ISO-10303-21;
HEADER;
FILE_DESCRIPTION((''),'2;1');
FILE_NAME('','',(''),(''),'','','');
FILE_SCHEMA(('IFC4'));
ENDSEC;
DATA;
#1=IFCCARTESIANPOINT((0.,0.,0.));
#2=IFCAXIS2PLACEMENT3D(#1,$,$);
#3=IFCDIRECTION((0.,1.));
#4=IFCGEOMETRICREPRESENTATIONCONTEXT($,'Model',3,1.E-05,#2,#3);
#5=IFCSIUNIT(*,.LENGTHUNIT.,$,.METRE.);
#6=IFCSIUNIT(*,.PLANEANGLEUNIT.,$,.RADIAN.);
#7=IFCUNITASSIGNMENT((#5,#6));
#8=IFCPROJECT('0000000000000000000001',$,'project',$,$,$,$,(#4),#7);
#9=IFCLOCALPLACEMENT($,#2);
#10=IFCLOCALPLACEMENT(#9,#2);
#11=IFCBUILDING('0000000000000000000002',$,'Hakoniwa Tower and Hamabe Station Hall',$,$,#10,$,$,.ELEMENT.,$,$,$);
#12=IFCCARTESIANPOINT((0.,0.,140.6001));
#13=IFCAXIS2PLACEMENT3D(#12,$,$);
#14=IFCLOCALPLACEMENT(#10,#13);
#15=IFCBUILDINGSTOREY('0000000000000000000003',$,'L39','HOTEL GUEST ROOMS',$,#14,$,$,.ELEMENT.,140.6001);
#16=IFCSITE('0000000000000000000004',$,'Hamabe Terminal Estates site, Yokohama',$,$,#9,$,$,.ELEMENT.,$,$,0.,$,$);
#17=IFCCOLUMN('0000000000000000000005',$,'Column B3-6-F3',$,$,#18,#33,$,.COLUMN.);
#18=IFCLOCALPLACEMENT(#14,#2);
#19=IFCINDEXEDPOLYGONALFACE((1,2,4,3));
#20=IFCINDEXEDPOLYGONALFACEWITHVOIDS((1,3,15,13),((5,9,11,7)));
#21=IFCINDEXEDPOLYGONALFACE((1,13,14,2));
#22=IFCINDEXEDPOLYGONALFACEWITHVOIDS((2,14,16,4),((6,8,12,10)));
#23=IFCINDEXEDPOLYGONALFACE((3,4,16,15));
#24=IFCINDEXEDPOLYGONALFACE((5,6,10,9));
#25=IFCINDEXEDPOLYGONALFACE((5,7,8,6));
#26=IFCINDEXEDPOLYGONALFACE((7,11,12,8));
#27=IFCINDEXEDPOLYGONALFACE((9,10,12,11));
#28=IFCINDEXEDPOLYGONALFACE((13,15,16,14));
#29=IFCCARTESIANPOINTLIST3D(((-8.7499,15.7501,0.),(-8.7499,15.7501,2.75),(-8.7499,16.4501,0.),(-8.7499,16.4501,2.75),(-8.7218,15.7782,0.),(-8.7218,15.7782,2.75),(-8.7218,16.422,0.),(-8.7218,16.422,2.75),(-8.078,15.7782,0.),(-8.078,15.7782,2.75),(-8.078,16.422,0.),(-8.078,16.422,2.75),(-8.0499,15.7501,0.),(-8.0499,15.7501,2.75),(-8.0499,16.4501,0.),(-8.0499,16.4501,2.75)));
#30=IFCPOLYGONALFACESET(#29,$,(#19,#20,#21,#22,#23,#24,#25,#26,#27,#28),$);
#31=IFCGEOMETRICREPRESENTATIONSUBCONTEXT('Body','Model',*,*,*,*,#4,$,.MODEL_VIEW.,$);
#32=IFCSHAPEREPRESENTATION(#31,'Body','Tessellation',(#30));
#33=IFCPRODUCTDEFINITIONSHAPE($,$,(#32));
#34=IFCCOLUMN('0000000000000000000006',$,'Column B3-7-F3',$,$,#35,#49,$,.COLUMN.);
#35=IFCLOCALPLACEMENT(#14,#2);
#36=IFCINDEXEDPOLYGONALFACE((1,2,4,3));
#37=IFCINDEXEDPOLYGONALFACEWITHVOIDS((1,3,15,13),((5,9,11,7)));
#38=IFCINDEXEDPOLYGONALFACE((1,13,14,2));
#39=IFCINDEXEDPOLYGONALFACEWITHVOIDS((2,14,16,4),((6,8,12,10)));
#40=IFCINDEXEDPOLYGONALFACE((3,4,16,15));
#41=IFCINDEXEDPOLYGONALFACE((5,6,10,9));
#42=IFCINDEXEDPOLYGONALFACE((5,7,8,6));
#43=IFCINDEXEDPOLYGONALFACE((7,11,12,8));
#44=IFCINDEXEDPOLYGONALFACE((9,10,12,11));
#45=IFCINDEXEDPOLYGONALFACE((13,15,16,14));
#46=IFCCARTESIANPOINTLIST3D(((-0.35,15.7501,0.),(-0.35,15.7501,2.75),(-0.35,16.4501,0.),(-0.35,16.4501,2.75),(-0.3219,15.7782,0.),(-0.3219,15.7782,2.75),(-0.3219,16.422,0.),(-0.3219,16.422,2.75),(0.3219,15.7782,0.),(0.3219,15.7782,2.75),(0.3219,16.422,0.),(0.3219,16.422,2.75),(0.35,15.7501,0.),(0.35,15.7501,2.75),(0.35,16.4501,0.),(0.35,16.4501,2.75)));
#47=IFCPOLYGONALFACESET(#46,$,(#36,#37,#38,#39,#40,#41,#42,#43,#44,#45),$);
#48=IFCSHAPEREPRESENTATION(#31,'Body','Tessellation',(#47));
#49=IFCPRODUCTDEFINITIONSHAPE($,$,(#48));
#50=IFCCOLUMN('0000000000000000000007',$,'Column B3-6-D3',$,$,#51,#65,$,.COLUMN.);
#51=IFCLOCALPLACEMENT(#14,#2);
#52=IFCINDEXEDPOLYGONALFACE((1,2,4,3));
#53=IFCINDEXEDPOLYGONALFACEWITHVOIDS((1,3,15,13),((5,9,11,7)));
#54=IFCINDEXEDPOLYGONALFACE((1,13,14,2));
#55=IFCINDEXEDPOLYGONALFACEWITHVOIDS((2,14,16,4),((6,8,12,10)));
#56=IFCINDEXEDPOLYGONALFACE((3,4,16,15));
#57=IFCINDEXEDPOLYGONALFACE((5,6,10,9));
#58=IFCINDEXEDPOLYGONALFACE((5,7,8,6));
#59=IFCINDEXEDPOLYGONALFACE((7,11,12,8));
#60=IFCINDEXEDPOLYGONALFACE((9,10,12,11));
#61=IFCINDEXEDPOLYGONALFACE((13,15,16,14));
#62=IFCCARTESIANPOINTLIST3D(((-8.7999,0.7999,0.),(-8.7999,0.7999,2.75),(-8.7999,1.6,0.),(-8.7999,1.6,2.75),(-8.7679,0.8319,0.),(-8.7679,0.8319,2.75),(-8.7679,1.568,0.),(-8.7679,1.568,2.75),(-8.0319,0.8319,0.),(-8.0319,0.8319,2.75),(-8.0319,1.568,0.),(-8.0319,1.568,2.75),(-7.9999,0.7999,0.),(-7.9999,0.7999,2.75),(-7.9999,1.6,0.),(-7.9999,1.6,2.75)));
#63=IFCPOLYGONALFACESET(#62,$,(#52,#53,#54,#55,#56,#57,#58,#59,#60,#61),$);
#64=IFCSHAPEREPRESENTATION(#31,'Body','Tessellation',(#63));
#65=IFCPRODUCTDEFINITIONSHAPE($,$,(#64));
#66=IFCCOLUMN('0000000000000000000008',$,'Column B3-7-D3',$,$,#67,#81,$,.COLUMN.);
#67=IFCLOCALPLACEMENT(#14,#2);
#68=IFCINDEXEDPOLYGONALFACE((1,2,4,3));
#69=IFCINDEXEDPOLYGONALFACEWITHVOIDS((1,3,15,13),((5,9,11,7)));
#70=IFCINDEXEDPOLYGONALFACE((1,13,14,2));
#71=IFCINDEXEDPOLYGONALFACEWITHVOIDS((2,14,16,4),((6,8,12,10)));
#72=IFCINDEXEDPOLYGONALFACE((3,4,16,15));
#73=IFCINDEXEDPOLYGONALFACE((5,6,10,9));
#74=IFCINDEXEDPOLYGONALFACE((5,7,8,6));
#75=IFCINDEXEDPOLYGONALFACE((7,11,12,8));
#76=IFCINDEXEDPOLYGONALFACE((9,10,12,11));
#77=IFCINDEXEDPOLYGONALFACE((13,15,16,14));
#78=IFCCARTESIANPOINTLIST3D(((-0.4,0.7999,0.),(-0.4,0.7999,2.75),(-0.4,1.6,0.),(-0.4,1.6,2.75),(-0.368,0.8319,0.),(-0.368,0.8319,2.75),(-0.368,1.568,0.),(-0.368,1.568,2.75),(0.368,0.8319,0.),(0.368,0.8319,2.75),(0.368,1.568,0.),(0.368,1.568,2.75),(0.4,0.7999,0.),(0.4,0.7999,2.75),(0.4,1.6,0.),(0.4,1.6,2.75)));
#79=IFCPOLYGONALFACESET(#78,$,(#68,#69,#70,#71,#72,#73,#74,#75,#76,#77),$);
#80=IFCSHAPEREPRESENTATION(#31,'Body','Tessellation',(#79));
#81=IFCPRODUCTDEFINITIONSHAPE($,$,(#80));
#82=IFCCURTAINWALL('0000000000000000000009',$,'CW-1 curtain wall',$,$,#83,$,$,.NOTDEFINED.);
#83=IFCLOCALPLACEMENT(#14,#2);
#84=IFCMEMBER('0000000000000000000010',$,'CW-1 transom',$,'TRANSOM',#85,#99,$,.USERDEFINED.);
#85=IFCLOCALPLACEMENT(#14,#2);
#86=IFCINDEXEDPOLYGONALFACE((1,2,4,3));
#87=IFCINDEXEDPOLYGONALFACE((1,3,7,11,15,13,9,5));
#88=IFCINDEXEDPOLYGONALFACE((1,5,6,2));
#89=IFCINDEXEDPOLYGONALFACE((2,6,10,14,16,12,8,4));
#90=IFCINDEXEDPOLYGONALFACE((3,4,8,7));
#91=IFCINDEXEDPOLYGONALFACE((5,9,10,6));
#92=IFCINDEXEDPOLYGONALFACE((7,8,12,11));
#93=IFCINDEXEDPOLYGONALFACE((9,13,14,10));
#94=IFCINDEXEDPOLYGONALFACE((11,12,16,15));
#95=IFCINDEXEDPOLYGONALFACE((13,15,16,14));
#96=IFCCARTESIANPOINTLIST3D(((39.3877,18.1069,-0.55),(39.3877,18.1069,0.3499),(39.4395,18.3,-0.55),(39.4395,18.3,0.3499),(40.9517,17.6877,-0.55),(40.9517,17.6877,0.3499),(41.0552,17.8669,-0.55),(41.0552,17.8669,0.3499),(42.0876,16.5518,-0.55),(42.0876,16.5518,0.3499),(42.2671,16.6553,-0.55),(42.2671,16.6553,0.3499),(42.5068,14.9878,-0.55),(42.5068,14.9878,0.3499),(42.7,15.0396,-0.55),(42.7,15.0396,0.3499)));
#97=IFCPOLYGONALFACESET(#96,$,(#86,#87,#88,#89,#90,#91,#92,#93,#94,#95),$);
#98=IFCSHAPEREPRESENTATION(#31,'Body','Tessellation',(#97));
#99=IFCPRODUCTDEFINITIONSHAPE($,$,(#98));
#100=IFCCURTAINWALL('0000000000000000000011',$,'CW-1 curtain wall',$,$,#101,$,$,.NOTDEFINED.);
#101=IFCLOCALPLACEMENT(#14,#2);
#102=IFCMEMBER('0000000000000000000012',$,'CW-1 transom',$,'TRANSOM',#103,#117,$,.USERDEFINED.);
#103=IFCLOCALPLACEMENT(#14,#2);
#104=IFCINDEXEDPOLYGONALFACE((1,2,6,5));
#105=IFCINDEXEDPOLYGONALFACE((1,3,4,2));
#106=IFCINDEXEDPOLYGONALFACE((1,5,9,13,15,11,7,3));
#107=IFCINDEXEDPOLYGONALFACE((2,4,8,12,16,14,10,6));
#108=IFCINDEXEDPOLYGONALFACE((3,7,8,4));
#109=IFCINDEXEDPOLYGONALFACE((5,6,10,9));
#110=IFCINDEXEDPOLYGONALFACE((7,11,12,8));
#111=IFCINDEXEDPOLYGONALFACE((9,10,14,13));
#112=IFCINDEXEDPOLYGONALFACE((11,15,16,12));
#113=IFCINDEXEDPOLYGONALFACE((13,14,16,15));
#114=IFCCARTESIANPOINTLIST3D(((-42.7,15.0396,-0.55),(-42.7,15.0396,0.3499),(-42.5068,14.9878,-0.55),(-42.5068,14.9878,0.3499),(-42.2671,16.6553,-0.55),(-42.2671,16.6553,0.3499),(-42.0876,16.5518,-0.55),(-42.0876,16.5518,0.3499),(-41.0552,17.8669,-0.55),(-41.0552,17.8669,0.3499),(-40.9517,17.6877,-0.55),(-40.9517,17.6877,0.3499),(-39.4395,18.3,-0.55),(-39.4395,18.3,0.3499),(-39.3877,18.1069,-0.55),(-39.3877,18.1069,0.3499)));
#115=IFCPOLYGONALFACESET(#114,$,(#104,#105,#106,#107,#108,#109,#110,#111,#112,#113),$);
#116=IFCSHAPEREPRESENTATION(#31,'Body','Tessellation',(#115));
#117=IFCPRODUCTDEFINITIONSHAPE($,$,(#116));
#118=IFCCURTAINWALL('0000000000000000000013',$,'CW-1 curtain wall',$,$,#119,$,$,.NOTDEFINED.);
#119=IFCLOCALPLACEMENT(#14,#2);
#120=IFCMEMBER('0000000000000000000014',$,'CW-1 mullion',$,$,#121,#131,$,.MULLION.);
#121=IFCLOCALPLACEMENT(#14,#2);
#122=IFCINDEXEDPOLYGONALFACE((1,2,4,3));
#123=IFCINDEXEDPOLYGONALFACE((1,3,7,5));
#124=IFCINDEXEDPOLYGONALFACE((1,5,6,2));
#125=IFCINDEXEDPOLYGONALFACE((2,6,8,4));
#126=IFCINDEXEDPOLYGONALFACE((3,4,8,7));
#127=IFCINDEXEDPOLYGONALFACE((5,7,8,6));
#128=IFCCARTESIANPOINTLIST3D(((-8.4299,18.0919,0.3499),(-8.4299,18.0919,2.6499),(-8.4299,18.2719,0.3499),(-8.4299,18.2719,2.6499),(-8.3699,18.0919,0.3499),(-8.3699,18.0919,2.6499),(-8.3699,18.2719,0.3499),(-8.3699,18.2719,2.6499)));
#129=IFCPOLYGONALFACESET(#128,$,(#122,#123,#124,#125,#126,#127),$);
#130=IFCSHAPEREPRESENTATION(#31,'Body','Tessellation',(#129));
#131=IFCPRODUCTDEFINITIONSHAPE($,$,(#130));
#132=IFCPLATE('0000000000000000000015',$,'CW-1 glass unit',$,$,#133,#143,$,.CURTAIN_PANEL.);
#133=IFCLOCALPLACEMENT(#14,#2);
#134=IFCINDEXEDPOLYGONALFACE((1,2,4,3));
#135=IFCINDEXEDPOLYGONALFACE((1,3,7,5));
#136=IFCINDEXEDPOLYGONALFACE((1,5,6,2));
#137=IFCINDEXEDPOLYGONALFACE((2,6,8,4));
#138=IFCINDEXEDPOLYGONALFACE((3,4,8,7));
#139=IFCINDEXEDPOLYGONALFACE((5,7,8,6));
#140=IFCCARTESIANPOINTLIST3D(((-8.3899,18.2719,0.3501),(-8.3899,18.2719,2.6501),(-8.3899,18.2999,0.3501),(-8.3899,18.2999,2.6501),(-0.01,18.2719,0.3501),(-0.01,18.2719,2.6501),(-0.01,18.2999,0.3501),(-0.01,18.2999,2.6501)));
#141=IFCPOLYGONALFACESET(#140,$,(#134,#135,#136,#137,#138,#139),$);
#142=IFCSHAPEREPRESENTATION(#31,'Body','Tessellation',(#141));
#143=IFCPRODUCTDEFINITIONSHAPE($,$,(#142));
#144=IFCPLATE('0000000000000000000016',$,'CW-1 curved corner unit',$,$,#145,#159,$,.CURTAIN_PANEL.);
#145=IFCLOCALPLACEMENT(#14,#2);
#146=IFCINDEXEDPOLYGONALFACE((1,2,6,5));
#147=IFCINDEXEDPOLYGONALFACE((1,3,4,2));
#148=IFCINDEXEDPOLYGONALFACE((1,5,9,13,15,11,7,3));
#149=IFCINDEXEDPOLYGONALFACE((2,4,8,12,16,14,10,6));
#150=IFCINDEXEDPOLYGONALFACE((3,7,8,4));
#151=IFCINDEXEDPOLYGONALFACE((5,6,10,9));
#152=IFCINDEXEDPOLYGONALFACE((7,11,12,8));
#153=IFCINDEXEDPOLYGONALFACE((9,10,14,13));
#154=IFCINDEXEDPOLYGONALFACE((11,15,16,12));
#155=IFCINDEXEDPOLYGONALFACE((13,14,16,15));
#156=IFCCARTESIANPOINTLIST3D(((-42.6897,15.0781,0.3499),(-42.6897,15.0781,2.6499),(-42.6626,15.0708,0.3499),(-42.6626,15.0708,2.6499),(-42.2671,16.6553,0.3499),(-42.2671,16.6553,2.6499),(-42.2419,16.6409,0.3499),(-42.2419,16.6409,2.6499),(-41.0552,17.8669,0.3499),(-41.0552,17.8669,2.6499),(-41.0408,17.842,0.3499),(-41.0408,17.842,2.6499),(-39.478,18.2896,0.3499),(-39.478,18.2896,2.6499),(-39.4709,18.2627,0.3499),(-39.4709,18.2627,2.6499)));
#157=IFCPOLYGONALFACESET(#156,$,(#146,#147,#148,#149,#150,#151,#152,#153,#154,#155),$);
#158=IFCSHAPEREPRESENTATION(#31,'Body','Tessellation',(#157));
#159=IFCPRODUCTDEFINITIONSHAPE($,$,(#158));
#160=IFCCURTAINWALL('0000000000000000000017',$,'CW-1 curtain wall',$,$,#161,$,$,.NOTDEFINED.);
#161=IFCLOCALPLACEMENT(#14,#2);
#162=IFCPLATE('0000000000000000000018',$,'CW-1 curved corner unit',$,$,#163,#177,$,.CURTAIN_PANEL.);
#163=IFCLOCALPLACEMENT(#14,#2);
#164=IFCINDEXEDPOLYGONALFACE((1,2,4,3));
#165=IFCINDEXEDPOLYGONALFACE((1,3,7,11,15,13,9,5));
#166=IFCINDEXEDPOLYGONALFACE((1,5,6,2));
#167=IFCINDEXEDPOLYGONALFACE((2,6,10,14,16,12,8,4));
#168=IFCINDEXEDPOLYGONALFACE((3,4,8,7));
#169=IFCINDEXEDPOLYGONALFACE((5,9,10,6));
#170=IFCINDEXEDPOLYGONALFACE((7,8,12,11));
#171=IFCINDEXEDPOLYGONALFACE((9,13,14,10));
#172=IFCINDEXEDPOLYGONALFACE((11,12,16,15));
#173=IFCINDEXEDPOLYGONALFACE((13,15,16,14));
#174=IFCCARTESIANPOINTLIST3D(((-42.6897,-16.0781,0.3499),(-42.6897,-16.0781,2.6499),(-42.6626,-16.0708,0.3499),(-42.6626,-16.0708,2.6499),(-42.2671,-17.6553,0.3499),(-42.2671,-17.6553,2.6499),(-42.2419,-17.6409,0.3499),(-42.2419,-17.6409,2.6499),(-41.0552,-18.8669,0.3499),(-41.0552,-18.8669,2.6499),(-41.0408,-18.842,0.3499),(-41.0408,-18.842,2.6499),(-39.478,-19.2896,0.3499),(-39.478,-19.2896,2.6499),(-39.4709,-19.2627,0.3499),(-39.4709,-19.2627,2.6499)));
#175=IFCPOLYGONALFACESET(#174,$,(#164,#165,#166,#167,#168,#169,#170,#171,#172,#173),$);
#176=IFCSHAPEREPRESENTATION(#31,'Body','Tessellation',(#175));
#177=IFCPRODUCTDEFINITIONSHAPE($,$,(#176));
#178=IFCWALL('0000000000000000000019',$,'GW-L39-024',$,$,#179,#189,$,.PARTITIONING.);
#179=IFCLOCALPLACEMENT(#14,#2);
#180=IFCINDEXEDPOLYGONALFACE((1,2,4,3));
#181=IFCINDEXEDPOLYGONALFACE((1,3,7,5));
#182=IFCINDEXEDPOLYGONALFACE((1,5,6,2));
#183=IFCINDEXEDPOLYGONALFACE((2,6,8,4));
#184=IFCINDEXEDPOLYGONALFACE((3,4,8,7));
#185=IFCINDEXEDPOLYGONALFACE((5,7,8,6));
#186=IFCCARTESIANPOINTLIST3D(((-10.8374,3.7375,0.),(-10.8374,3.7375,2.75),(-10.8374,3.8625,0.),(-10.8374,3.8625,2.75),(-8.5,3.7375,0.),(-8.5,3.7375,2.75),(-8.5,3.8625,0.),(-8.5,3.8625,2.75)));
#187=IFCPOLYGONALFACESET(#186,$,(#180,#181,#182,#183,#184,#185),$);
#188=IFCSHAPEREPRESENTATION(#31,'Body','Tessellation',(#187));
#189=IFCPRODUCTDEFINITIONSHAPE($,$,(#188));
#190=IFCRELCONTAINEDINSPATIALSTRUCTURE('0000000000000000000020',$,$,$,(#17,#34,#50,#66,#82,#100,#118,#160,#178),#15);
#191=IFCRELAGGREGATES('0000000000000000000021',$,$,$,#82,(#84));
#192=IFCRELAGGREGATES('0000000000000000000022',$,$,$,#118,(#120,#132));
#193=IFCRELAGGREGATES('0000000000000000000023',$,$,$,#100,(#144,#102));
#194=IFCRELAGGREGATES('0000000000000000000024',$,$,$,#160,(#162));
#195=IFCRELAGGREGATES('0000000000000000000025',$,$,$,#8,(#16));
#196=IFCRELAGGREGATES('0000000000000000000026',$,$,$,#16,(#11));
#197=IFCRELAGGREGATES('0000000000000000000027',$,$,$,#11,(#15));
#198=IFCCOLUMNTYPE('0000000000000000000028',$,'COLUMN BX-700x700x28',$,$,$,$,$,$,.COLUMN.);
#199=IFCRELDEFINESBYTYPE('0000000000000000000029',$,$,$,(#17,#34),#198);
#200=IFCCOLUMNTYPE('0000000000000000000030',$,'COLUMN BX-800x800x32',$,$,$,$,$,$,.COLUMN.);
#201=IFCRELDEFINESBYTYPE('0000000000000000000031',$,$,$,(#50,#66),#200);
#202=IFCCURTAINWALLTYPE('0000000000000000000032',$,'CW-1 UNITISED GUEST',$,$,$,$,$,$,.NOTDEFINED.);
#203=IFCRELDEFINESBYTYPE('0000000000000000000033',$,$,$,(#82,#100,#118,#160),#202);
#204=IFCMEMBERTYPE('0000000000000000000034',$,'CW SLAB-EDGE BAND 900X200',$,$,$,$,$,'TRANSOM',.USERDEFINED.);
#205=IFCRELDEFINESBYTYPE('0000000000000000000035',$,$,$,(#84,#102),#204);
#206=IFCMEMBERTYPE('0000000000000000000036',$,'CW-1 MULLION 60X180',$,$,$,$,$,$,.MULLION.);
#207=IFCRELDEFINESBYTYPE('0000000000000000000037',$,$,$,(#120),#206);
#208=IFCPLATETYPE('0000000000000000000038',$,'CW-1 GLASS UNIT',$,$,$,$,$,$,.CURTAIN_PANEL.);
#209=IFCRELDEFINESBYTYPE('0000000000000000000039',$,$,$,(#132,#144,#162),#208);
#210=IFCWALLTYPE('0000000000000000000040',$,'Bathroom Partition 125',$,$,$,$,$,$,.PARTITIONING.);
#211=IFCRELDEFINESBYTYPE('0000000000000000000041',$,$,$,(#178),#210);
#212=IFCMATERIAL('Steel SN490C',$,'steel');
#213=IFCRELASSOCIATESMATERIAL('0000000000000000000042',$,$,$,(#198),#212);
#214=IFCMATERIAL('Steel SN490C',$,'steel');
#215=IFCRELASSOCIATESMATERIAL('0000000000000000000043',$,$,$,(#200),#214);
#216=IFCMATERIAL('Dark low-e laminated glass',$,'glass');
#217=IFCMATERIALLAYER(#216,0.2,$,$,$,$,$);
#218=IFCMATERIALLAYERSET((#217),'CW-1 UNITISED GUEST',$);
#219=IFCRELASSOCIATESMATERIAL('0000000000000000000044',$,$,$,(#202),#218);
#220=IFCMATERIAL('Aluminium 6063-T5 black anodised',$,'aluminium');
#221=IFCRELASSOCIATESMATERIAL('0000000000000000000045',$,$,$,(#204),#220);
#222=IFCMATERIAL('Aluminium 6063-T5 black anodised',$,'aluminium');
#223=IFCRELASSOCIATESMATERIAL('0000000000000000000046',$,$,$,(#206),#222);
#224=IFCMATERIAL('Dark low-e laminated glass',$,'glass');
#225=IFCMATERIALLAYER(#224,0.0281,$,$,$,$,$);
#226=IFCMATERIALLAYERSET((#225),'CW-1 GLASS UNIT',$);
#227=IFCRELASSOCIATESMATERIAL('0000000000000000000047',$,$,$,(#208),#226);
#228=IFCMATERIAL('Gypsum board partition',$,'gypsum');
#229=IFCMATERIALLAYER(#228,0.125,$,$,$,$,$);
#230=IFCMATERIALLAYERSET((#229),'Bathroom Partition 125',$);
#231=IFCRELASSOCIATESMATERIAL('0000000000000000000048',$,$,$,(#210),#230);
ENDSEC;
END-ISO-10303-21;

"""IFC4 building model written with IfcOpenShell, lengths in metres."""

from ifc_helpers import new_model, si_unit, direction, frame, frame_2d, origin, origin_2d, place, context, subcontext, project, spatial, polyline, rectangle, hollow_rectangle, outline, extrude, material, layer, layer_set, material_profile, profile_set, type_object, element, aggregate, save


model = new_model("IFC4")

# Units and contexts
model_context = context("Model", 3, precision=1e-05, world=origin(), true_north=direction((0.0, 1.0)))
body_context = subcontext(model_context, "Body", "Model", "MODEL_VIEW")
ifc_project = project(units=[si_unit("LENGTHUNIT", "METRE"), si_unit("PLANEANGLEUNIT", "RADIAN")], contexts=[model_context])

# Site, building, storey
site_placement = place(None, origin())
site = spatial("IfcSite", under=ifc_project, at=site_placement, Name="Hamabe Terminal Estates site, Yokohama", CompositionType="ELEMENT", RefElevation=0.0)
building_placement = place(site_placement, origin())
building = spatial("IfcBuilding", under=site, at=building_placement, Name="Hakoniwa Tower and Hamabe Station Hall", CompositionType="ELEMENT")
storey_placement = place(building_placement, frame((0.0, 0.0, 140.6001)))
storey = spatial("IfcBuildingStorey", under=building, at=storey_placement, Name="L39", Description="HOTEL GUEST ROOMS", CompositionType="ELEMENT", Elevation=140.6001)

# Columns
ifc_material_1 = material(Name="Steel SN490C", Category="steel")
ifc_material_profile_1 = material_profile(ifc_material_1, hollow_rectangle(XDim=0.7, YDim=0.7, WallThickness=0.0281, at=origin_2d()), Name="BX-700x700x28")
ifc_profile_set_1 = profile_set([ifc_material_profile_1], Name="Steel SN490C")
column_type_1 = type_object("IfcColumnType", Name="COLUMN BX-700x700x28", PredefinedType="COLUMN", material=ifc_profile_set_1)
for number, where, z_axis, x_axis, name in (
    (1, (-8.3999, 16.1001, 0.0), (0.0, 0.0, 1.0), (1.0, 0.0, 0.0), "Column B3-6-F3"),
    (2, (0.0, 16.1001, 0.0), (0.0, 0.0, 1.0), (1.0, 0.0, 0.0), "Column B3-7-F3"),
):
    element("IfcColumn", number, at=place(storey_placement, frame(where, z_axis=z_axis, x_axis=x_axis)), inside=storey, type_object=column_type_1, Name=name, PredefinedType="COLUMN", context=body_context, shape_type="SweptSolid", body=[
        extrude(hollow_rectangle(XDim=0.7, YDim=0.7, WallThickness=0.0281, at=origin_2d()), origin(), (0.0, 0.0, 1.0), 2.75),
    ])
ifc_material_2 = material(Name="Steel SN490C", Category="steel")
ifc_material_profile_2 = material_profile(ifc_material_2, hollow_rectangle(XDim=0.8, YDim=0.8, WallThickness=0.032, at=origin_2d()), Name="BX-800x800x32")
ifc_profile_set_2 = profile_set([ifc_material_profile_2], Name="Steel SN490C")
column_type_2 = type_object("IfcColumnType", Name="COLUMN BX-800x800x32", PredefinedType="COLUMN", material=ifc_profile_set_2)
for number, where, z_axis, x_axis, name in (
    (3, (-8.3999, 1.2, 0.0), (0.0, 0.0, 1.0), (1.0, 0.0, 0.0), "Column B3-6-D3"),
    (4, (0.0, 1.2, 0.0), (0.0, 0.0, 1.0), (1.0, 0.0, 0.0), "Column B3-7-D3"),
):
    element("IfcColumn", number, at=place(storey_placement, frame(where, z_axis=z_axis, x_axis=x_axis)), inside=storey, type_object=column_type_2, Name=name, PredefinedType="COLUMN", context=body_context, shape_type="SweptSolid", body=[
        extrude(hollow_rectangle(XDim=0.8, YDim=0.8, WallThickness=0.032, at=origin_2d()), origin(), (0.0, 0.0, 1.0), 2.75),
    ])

# Curtain walls, members
ifc_material_3 = material(Name="Dark low-e laminated glass", Category="glass")
ifc_layer_1 = layer(ifc_material_3, 0.2)
ifc_layer_set_1 = layer_set([ifc_layer_1], Name="CW-1 UNITISED GUEST")
curtain_wall_type = type_object("IfcCurtainWallType", Name="CW-1 UNITISED GUEST", PredefinedType="NOTDEFINED", material=ifc_layer_set_1)
curtain_wall_1_placement = place(storey_placement, origin())
curtain_wall_1 = element("IfcCurtainWall", 5, at=curtain_wall_1_placement, inside=storey, type_object=curtain_wall_type, Name="CW-1 curtain wall", PredefinedType="NOTDEFINED")
ifc_material_4 = material(Name="Aluminium 6063-T5 black anodised", Category="aluminium")
ifc_material_profile_3 = material_profile(ifc_material_4, rectangle(XDim=0.2, YDim=0.8999, at=origin_2d()), Name="CW SLAB-EDGE BAND 900X200")
ifc_profile_set_3 = profile_set([ifc_material_profile_3], Name="Aluminium 6063-T5 black anodised")
member_type_1 = type_object("IfcMemberType", Name="CW SLAB-EDGE BAND 900X200", ElementType="TRANSOM", PredefinedType="USERDEFINED", material=ifc_profile_set_3)
member_1_placement = place(storey_placement, frame((0.0, 0.0, -0.55)))
member_1 = element("IfcMember", 6, at=member_1_placement, type_object=member_type_1, Name="CW-1 transom", ObjectType="TRANSOM", PredefinedType="USERDEFINED", context=body_context, shape_type="SweptSolid", body=[
    extrude(outline(polyline([(42.7, 15.0396), (42.2671, 16.6553), (41.0552, 17.8669), (39.4395, 18.3), (39.3877, 18.1069), (40.9517, 17.6877), (42.0876, 16.5518), (42.5068, 14.9878), (42.7, 15.0396)])), origin(), (0.0, 0.0, 1.0), 0.8999),
])
aggregate(curtain_wall_1, [member_1])
curtain_wall_2_placement = place(storey_placement, origin())
curtain_wall_2 = element("IfcCurtainWall", 7, at=curtain_wall_2_placement, inside=storey, type_object=curtain_wall_type, Name="CW-1 curtain wall", PredefinedType="NOTDEFINED")
member_2_placement = place(storey_placement, frame((0.0, 0.0, -0.55)))
member_2 = element("IfcMember", 8, at=member_2_placement, type_object=member_type_1, Name="CW-1 transom", ObjectType="TRANSOM", PredefinedType="USERDEFINED", context=body_context, shape_type="SweptSolid", body=[
    extrude(outline(polyline([(-39.4395, 18.3), (-41.0552, 17.8669), (-42.2671, 16.6553), (-42.7, 15.0396), (-42.5068, 14.9878), (-42.0876, 16.5518), (-40.9517, 17.6877), (-39.3877, 18.1069), (-39.4395, 18.3)])), origin(), (0.0, 0.0, 1.0), 0.8999),
])

# Curtain wall, member, plate
curtain_wall_3_placement = place(storey_placement, origin())
curtain_wall_3 = element("IfcCurtainWall", 9, at=curtain_wall_3_placement, inside=storey, type_object=curtain_wall_type, Name="CW-1 curtain wall", PredefinedType="NOTDEFINED")
ifc_material_5 = material(Name="Aluminium 6063-T5 black anodised", Category="aluminium")
ifc_material_profile_4 = material_profile(ifc_material_5, rectangle(XDim=0.0601, YDim=0.1799, at=origin_2d()), Name="CW-1 MULLION 60X180")
ifc_profile_set_4 = profile_set([ifc_material_profile_4], Name="Aluminium 6063-T5 black anodised")
member_type_2 = type_object("IfcMemberType", Name="CW-1 MULLION 60X180", PredefinedType="MULLION", material=ifc_profile_set_4)
member_3_placement = place(storey_placement, frame((-8.3999, 18.1819, 0.3499), z_axis=(0.0, 0.0, 1.0), x_axis=(-1.0, 0.0, 0.0)))
member_3 = element("IfcMember", 10, at=member_3_placement, type_object=member_type_2, Name="CW-1 mullion", PredefinedType="MULLION", context=body_context, shape_type="SweptSolid", body=[
    extrude(rectangle(XDim=0.0601, YDim=0.1799, at=origin_2d()), origin(), (0.0, 0.0, 1.0), 2.3),
])
ifc_material_6 = material(Name="Dark low-e laminated glass", Category="glass")
ifc_layer_2 = layer(ifc_material_6, 0.0281)
ifc_layer_set_2 = layer_set([ifc_layer_2], Name="CW-1 GLASS UNIT")
plate_type = type_object("IfcPlateType", Name="CW-1 GLASS UNIT", PredefinedType="CURTAIN_PANEL", material=ifc_layer_set_2)
plate_1_placement = place(storey_placement, frame((-4.2, 18.2859, 0.3501), z_axis=(0.0, 0.0, 1.0), x_axis=(-1.0, 0.0, 0.0)))
plate_1 = element("IfcPlate", 11, at=plate_1_placement, type_object=plate_type, Name="CW-1 glass unit", PredefinedType="CURTAIN_PANEL", context=body_context, shape_type="SweptSolid", body=[
    extrude(rectangle(XDim=8.3799, YDim=0.0281, at=origin_2d()), origin(), (0.0, 0.0, 1.0), 2.3),
])
aggregate(curtain_wall_3, [member_3, plate_1])

# Plate
plate_2_placement = place(storey_placement, frame((0.0, 0.0, 0.3499)))
plate_2 = element("IfcPlate", 12, at=plate_2_placement, type_object=plate_type, Name="CW-1 curved corner unit", PredefinedType="CURTAIN_PANEL", context=body_context, shape_type="SweptSolid", body=[
    extrude(outline(polyline([(-39.478, 18.2896), (-41.0552, 17.8669), (-42.2671, 16.6553), (-42.6897, 15.0781), (-42.6626, 15.0708), (-42.2419, 16.6409), (-41.0408, 17.842), (-39.4709, 18.2627), (-39.478, 18.2896)])), origin(), (0.0, 0.0, 1.0), 2.3),
])
aggregate(curtain_wall_2, [plate_2, member_2])

# Curtain wall, plate
curtain_wall_4_placement = place(storey_placement, origin())
curtain_wall_4 = element("IfcCurtainWall", 13, at=curtain_wall_4_placement, inside=storey, type_object=curtain_wall_type, Name="CW-1 curtain wall", PredefinedType="NOTDEFINED")
plate_3_placement = place(storey_placement, frame((0.0, 0.0, 0.3499)))
plate_3 = element("IfcPlate", 14, at=plate_3_placement, type_object=plate_type, Name="CW-1 curved corner unit", PredefinedType="CURTAIN_PANEL", context=body_context, shape_type="SweptSolid", body=[
    extrude(outline(polyline([(-42.6897, -16.0781), (-42.2671, -17.6553), (-41.0552, -18.8669), (-39.478, -19.2896), (-39.4709, -19.2627), (-41.0408, -18.842), (-42.2419, -17.6409), (-42.6626, -16.0708), (-42.6897, -16.0781)])), origin(), (0.0, 0.0, 1.0), 2.3),
])
aggregate(curtain_wall_4, [plate_3])

# Wall
ifc_material_7 = material(Name="Gypsum board partition", Category="gypsum")
ifc_layer_3 = layer(ifc_material_7, 0.125)
ifc_layer_set_3 = layer_set([ifc_layer_3], Name="Bathroom Partition 125")
wall_type_1 = type_object("IfcWallType", Name="Bathroom Partition 125", PredefinedType="PARTITIONING", material=ifc_layer_set_3)
wall_1_placement = place(storey_placement, frame((-10.8374, 3.8, 0.0), z_axis=(0.0, 0.0, 1.0), x_axis=(1.0, 0.0, 0.0)))
element("IfcWall", 15, at=wall_1_placement, inside=storey, type_object=wall_type_1, Name="GW-L39-024", PredefinedType="PARTITIONING", context=body_context, shape_type="SweptSolid", body=[
    extrude(rectangle(XDim=2.3374, YDim=0.125, at=frame_2d((1.1687, 0.0))), origin(), (0.0, 0.0, 1.0), 2.75),
])

save(model, "model.ifc")
